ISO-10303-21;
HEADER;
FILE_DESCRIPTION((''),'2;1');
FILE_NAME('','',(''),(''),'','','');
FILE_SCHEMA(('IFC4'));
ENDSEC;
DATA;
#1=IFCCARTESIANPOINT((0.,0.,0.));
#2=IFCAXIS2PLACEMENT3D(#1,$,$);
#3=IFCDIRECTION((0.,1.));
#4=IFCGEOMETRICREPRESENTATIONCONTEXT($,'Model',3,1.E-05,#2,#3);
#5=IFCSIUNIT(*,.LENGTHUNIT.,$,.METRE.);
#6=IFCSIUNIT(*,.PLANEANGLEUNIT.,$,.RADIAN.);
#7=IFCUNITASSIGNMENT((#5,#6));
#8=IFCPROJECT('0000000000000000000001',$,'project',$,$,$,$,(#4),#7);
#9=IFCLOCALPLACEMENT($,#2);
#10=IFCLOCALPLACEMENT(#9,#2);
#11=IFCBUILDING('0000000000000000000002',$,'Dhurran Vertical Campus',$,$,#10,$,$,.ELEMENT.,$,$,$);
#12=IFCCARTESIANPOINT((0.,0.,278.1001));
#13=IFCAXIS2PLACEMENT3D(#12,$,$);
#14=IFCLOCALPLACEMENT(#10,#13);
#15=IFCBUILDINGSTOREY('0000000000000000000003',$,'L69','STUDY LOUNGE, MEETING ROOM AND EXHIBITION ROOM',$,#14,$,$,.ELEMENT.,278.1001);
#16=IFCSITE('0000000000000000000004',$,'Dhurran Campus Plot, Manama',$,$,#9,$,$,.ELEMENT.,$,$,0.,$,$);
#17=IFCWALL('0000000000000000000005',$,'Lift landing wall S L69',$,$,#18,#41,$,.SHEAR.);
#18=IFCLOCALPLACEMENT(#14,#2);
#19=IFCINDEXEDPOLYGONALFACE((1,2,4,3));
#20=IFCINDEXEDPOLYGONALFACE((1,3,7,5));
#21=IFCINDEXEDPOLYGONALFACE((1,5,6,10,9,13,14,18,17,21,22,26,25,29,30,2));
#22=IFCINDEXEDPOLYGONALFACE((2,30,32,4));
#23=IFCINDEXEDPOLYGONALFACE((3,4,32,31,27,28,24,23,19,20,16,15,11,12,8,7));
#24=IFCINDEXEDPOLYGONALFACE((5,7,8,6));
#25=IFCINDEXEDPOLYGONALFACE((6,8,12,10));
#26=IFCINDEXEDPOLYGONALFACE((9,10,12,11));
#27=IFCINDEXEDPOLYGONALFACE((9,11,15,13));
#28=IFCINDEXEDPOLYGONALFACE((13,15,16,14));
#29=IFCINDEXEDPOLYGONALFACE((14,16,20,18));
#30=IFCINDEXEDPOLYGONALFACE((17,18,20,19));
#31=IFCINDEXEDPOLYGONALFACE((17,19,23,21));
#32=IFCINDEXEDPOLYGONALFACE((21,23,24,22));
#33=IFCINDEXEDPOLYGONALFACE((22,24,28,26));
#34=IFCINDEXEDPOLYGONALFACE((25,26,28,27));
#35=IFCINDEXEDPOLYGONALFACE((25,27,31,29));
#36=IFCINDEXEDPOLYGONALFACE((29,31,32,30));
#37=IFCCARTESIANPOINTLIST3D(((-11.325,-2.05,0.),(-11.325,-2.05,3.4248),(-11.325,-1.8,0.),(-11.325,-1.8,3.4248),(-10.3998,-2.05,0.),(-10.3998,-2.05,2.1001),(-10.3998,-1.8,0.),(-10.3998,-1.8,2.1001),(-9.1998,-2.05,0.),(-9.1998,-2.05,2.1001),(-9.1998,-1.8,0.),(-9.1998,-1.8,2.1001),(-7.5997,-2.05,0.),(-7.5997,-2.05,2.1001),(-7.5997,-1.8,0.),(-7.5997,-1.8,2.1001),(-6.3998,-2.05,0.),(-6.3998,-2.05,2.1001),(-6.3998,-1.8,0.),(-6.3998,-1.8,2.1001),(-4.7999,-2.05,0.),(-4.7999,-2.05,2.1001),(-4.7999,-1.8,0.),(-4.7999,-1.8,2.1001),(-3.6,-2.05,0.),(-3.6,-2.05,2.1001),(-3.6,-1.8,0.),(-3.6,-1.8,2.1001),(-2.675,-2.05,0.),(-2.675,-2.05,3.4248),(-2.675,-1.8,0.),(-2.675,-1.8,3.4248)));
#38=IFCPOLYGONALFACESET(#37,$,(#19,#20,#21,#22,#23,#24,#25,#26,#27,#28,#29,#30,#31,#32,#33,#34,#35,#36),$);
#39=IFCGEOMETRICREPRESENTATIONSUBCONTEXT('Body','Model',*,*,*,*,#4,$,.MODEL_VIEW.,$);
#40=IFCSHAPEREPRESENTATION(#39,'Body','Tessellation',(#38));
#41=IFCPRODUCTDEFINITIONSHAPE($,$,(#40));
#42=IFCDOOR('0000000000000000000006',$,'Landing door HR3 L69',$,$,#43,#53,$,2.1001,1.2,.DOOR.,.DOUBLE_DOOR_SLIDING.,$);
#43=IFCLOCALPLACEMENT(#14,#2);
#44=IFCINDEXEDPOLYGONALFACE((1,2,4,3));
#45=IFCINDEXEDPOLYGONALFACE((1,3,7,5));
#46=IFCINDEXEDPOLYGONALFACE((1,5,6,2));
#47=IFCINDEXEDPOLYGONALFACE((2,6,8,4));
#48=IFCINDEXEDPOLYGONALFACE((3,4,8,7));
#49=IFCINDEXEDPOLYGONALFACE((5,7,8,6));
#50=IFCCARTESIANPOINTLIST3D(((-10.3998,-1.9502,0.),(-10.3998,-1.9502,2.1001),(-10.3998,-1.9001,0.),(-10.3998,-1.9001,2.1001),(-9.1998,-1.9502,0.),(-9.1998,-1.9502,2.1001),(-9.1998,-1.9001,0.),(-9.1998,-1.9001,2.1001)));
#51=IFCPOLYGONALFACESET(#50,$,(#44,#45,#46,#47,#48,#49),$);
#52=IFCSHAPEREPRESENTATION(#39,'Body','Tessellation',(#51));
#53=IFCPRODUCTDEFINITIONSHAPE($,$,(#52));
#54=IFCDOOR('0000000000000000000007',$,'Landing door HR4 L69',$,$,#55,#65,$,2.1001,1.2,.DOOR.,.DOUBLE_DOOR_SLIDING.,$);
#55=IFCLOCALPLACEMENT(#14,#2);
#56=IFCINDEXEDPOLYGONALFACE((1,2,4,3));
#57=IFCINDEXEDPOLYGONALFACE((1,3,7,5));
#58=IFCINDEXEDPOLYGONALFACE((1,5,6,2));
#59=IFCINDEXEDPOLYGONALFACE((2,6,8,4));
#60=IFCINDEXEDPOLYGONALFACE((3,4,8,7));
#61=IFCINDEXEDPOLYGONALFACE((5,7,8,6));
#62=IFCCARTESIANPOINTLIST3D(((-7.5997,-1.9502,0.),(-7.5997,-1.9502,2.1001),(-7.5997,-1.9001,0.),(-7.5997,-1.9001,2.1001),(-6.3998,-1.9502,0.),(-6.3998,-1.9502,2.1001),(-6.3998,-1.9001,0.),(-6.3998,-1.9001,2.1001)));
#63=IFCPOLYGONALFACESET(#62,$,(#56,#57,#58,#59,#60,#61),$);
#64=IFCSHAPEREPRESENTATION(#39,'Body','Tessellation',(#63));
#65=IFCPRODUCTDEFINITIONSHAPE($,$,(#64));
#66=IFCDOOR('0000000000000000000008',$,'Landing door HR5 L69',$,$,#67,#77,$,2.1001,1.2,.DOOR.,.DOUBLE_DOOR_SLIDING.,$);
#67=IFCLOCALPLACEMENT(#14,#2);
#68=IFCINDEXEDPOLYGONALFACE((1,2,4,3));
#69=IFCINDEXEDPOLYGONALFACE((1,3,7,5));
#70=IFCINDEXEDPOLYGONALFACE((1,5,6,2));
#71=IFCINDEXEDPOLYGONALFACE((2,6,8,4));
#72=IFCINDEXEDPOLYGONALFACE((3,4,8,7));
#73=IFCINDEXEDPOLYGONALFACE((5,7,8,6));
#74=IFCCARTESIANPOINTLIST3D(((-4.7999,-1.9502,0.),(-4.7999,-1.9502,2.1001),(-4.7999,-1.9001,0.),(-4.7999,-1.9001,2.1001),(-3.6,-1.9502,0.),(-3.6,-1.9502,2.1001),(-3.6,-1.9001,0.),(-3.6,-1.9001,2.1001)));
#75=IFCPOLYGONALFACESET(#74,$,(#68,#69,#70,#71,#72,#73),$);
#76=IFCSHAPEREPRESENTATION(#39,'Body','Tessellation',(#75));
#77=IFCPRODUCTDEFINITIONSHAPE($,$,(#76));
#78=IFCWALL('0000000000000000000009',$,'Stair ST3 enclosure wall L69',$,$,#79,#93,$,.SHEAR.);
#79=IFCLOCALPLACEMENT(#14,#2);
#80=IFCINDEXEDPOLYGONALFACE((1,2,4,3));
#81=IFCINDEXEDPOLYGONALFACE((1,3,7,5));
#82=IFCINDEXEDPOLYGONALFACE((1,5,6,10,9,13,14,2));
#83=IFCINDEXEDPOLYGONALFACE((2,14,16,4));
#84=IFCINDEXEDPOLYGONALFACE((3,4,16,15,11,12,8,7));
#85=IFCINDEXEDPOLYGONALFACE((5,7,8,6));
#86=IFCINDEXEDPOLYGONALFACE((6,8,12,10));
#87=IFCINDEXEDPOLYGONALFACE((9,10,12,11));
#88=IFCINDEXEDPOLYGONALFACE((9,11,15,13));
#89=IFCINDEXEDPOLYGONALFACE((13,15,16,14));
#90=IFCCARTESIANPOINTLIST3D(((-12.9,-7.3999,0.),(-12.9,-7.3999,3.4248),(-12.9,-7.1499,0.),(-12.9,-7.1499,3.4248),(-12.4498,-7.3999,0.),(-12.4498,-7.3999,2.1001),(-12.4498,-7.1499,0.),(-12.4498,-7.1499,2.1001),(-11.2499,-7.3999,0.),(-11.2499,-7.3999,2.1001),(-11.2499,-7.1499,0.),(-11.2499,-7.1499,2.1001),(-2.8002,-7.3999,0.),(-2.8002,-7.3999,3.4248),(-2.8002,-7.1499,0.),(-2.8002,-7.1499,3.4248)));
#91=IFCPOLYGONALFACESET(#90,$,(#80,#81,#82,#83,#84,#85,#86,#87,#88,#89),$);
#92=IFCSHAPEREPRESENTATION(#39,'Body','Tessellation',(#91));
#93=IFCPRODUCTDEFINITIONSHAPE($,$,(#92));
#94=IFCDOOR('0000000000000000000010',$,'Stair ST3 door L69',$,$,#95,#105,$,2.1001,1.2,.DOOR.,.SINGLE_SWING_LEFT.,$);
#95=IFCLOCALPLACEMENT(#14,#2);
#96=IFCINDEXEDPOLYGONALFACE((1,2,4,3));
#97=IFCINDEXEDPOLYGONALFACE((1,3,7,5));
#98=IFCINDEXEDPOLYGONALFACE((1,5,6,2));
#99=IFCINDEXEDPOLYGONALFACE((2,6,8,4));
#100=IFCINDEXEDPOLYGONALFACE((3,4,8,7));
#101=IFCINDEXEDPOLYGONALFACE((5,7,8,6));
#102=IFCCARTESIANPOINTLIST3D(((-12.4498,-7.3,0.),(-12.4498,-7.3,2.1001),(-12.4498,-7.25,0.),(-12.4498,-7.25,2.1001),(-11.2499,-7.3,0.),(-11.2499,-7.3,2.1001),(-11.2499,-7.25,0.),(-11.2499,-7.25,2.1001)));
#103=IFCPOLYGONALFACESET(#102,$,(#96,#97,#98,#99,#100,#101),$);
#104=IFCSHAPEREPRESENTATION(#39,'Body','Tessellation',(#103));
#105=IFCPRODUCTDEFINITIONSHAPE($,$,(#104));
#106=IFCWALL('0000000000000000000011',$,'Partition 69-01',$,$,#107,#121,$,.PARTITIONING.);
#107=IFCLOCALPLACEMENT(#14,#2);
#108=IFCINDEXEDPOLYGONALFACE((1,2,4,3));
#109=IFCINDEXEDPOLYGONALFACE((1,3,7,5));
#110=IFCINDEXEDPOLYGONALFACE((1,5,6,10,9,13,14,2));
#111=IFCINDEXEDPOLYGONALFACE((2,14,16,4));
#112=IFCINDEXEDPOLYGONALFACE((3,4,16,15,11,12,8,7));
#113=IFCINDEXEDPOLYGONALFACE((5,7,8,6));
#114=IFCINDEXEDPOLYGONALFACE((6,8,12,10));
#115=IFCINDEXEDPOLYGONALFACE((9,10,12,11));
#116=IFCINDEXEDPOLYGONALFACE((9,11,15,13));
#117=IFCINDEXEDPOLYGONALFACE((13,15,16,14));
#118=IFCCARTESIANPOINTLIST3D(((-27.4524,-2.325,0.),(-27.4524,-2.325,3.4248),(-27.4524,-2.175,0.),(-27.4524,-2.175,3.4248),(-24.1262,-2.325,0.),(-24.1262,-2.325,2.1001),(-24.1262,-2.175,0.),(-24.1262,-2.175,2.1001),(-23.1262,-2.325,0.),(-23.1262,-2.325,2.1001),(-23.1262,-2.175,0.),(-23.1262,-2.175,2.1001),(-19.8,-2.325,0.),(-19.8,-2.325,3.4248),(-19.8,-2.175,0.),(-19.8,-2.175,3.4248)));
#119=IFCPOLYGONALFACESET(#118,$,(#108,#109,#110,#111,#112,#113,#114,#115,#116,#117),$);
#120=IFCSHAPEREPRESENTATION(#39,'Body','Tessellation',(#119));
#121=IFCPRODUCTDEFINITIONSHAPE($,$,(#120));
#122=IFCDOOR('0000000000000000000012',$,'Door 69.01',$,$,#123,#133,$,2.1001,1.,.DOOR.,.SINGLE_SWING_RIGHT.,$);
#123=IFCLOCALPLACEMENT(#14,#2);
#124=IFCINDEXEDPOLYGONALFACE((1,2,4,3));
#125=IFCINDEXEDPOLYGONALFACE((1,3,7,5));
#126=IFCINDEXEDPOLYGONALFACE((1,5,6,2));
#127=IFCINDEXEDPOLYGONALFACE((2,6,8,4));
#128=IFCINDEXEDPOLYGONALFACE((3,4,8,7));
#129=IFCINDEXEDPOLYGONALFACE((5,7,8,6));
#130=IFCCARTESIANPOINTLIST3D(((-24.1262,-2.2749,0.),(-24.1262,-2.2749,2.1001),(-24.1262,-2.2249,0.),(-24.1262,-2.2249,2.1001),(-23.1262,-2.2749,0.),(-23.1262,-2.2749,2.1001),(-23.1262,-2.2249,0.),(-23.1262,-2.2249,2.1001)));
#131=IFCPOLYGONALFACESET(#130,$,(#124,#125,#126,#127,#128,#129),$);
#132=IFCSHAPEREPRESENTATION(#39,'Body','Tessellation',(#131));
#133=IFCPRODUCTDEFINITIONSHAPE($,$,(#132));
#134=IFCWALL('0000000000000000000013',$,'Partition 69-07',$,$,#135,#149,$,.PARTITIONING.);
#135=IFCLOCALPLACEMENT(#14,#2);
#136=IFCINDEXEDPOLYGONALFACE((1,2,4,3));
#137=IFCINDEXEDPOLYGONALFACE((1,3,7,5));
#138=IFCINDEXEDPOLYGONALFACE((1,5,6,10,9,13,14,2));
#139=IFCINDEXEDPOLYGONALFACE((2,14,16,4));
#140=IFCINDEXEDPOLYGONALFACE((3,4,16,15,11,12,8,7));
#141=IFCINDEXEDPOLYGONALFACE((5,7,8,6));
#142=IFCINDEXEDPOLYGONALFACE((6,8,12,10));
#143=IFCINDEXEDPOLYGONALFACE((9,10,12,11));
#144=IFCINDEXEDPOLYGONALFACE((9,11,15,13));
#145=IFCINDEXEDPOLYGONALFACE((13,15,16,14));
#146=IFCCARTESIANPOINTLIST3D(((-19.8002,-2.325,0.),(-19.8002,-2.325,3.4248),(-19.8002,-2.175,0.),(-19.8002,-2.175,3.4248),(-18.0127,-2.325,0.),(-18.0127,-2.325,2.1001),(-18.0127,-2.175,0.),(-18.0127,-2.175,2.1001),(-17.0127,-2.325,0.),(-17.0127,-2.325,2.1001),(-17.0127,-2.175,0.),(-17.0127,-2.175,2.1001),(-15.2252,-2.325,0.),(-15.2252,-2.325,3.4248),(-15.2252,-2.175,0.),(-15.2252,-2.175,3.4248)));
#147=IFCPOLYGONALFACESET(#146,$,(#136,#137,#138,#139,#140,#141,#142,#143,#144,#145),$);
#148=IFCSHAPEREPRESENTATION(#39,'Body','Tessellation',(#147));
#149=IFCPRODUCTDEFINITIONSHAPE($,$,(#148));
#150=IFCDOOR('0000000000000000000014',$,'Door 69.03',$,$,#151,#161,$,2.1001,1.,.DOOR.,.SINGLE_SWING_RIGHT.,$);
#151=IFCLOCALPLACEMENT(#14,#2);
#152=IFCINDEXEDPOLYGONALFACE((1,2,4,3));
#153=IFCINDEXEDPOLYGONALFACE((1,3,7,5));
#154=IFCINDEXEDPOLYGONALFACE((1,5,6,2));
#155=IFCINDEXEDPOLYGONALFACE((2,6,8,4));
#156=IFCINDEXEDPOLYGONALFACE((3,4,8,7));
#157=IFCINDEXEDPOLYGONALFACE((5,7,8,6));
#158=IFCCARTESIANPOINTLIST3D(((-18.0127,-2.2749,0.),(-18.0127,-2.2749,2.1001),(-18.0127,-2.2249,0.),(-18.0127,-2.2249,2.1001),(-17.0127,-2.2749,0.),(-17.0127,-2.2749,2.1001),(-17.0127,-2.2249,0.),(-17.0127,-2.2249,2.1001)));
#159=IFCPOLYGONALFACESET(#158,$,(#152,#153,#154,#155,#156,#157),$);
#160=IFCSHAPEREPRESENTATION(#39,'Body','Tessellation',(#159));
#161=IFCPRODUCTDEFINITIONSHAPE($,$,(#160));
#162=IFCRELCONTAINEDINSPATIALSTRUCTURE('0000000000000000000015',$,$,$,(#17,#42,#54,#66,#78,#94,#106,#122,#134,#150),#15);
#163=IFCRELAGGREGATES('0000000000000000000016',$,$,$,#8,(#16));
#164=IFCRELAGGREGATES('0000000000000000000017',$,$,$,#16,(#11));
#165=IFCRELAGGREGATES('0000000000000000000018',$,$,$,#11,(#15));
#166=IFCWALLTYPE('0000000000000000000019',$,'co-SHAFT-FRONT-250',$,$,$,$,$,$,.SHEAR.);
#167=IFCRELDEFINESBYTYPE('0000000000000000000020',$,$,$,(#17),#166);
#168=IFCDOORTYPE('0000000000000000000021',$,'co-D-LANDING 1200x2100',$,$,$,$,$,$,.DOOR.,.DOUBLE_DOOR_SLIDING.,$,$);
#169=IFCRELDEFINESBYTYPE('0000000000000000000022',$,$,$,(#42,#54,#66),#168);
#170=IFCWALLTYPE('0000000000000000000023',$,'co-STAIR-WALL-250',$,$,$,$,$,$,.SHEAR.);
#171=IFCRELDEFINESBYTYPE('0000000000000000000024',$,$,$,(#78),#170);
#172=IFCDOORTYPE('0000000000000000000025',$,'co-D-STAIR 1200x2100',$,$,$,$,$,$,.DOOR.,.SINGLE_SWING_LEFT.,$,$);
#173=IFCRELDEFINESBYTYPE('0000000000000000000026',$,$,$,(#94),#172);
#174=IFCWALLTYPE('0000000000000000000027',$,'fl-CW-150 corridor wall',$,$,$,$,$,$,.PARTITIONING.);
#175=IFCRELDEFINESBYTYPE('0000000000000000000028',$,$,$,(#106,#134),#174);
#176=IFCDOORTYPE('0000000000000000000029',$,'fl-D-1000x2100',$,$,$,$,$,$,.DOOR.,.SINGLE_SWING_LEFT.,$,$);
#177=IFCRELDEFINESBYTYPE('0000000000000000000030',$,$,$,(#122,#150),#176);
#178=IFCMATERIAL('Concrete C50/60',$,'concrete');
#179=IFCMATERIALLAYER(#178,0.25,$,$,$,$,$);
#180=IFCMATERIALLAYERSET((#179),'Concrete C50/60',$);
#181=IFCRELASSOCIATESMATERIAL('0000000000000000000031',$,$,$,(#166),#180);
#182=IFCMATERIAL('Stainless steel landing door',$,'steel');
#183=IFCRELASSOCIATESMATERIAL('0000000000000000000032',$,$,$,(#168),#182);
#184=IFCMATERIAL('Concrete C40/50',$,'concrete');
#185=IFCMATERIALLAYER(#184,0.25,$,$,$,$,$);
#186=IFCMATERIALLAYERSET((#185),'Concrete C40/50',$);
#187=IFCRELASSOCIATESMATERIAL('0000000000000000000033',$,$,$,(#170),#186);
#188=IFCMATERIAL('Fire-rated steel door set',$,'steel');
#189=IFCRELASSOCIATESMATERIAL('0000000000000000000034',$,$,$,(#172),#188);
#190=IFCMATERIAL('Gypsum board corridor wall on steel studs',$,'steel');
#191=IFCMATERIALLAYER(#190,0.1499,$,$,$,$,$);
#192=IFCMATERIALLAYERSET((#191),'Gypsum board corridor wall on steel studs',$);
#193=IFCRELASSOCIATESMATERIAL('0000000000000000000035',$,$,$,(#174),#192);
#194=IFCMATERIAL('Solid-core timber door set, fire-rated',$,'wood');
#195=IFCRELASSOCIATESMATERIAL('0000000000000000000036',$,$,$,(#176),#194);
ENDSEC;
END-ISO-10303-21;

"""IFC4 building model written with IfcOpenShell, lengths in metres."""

from ifc_helpers import new_model, si_unit, direction, frame, frame_2d, origin, place, context, subcontext, project, spatial, rectangle, extrude, material, layer, layer_set, type_object, element, fill, save


model = new_model("IFC4")

# Units and contexts
model_context = context("Model", 3, precision=1e-05, world=origin(), true_north=direction((0.0, 1.0)))
body_context = subcontext(model_context, "Body", "Model", "MODEL_VIEW")
ifc_project = project(units=[si_unit("LENGTHUNIT", "METRE"), si_unit("PLANEANGLEUNIT", "RADIAN")], contexts=[model_context])

# Site, building, storey
site_placement = place(None, origin())
site = spatial("IfcSite", under=ifc_project, at=site_placement, Name="Dhurran Campus Plot, Manama", CompositionType="ELEMENT", RefElevation=0.0)
building_placement = place(site_placement, origin())
building = spatial("IfcBuilding", under=site, at=building_placement, Name="Dhurran Vertical Campus", CompositionType="ELEMENT")
storey_placement = place(building_placement, frame((0.0, 0.0, 278.1001)))
storey = spatial("IfcBuildingStorey", under=building, at=storey_placement, Name="L69", Description="STUDY LOUNGE, MEETING ROOM AND EXHIBITION ROOM", CompositionType="ELEMENT", Elevation=278.1001)

# Wall, openings, doors
ifc_material_1 = material(Name="Concrete C50/60", Category="concrete")
ifc_layer_1 = layer(ifc_material_1, 0.25)
ifc_layer_set_1 = layer_set([ifc_layer_1], Name="Concrete C50/60")
wall_type_1 = type_object("IfcWallType", Name="co-SHAFT-FRONT-250", PredefinedType="SHEAR", material=ifc_layer_set_1)
wall_1_placement = place(storey_placement, frame((-11.325, -1.925, 0.0), z_axis=(0.0, 0.0, 1.0), x_axis=(1.0, 0.0, 0.0)))
wall_1 = element("IfcWall", 1, at=wall_1_placement, inside=storey, type_object=wall_type_1, Name="Lift landing wall S L69", PredefinedType="SHEAR", context=body_context, shape_type="SweptSolid", body=[
    extrude(rectangle(XDim=8.6499, YDim=0.25, at=frame_2d((4.325, 0.0))), origin(), (0.0, 0.0, 1.0), 3.4248),
])
opening_1_placement = place(wall_1_placement, frame((0.925, 0.0, 0.0)))
opening_1 = element("IfcOpeningElement", 2, at=opening_1_placement, cuts=wall_1, PredefinedType="OPENING", context=body_context, shape_type="SweptSolid", body=[
    extrude(rectangle(XDim=1.2, YDim=2.1001, at=frame_2d((0.6001, 1.05))), frame((0.0, 0.135, 0.0), z_axis=(0.0, -1.0, 0.0), x_axis=(1.0, 0.0, 0.0)), (0.0, 0.0, 1.0), 0.27),
])
opening_2_placement = place(wall_1_placement, frame((3.7251, 0.0, 0.0)))
opening_2 = element("IfcOpeningElement", 3, at=opening_2_placement, cuts=wall_1, PredefinedType="OPENING", context=body_context, shape_type="SweptSolid", body=[
    extrude(rectangle(XDim=1.2, YDim=2.1001, at=frame_2d((0.6001, 1.05))), frame((0.0, 0.135, 0.0), z_axis=(0.0, -1.0, 0.0), x_axis=(1.0, 0.0, 0.0)), (0.0, 0.0, 1.0), 0.27),
])
opening_3_placement = place(wall_1_placement, frame((6.5249, 0.0, 0.0)))
opening_3 = element("IfcOpeningElement", 4, at=opening_3_placement, cuts=wall_1, PredefinedType="OPENING", context=body_context, shape_type="SweptSolid", body=[
    extrude(rectangle(XDim=1.2, YDim=2.1001, at=frame_2d((0.6001, 1.05))), frame((0.0, 0.135, 0.0), z_axis=(0.0, -1.0, 0.0), x_axis=(1.0, 0.0, 0.0)), (0.0, 0.0, 1.0), 0.27),
])
ifc_material_2 = material(Name="Stainless steel landing door", Category="steel")
door_type_1 = type_object("IfcDoorType", Name="co-D-LANDING 1200x2100", OperationType="DOUBLE_DOOR_SLIDING", PredefinedType="DOOR", material=ifc_material_2)
door_1_placement = place(opening_1_placement, origin())
door_1 = element("IfcDoor", 5, at=door_1_placement, inside=storey, type_object=door_type_1, Name="Landing door HR3 L69", OperationType="DOUBLE_DOOR_SLIDING", OverallHeight=2.1001, OverallWidth=1.2, PredefinedType="DOOR", context=body_context, shape_type="SweptSolid", body=[
    extrude(rectangle(XDim=1.2, YDim=2.1001, at=frame_2d((0.6001, 1.05))), frame((0.0, 0.0249, 0.0), z_axis=(0.0, -1.0, 0.0), x_axis=(1.0, 0.0, 0.0)), (0.0, 0.0, 1.0), 0.05),
])
fill(opening_1, door_1)
door_2_placement = place(opening_2_placement, origin())
door_2 = element("IfcDoor", 6, at=door_2_placement, inside=storey, type_object=door_type_1, Name="Landing door HR4 L69", OperationType="DOUBLE_DOOR_SLIDING", OverallHeight=2.1001, OverallWidth=1.2, PredefinedType="DOOR", context=body_context, shape_type="SweptSolid", body=[
    extrude(rectangle(XDim=1.2, YDim=2.1001, at=frame_2d((0.6001, 1.05))), frame((0.0, 0.0249, 0.0), z_axis=(0.0, -1.0, 0.0), x_axis=(1.0, 0.0, 0.0)), (0.0, 0.0, 1.0), 0.05),
])
fill(opening_2, door_2)
door_3_placement = place(opening_3_placement, origin())
door_3 = element("IfcDoor", 7, at=door_3_placement, inside=storey, type_object=door_type_1, Name="Landing door HR5 L69", OperationType="DOUBLE_DOOR_SLIDING", OverallHeight=2.1001, OverallWidth=1.2, PredefinedType="DOOR", context=body_context, shape_type="SweptSolid", body=[
    extrude(rectangle(XDim=1.2, YDim=2.1001, at=frame_2d((0.6001, 1.05))), frame((0.0, 0.0249, 0.0), z_axis=(0.0, -1.0, 0.0), x_axis=(1.0, 0.0, 0.0)), (0.0, 0.0, 1.0), 0.05),
])
fill(opening_3, door_3)

# Walls, openings, doors
ifc_material_3 = material(Name="Concrete C40/50", Category="concrete")
ifc_layer_2 = layer(ifc_material_3, 0.25)
ifc_layer_set_2 = layer_set([ifc_layer_2], Name="Concrete C40/50")
wall_type_2 = type_object("IfcWallType", Name="co-STAIR-WALL-250", PredefinedType="SHEAR", material=ifc_layer_set_2)
wall_2_placement = place(storey_placement, frame((-12.8999, -7.2749, 0.0), z_axis=(0.0, 0.0, 1.0), x_axis=(1.0, 0.0, 0.0)))
wall_2 = element("IfcWall", 8, at=wall_2_placement, inside=storey, type_object=wall_type_2, Name="Stair ST3 enclosure wall L69", PredefinedType="SHEAR", context=body_context, shape_type="SweptSolid", body=[
    extrude(rectangle(XDim=10.0999, YDim=0.25, at=frame_2d((5.0498, 0.0))), origin(), (0.0, 0.0, 1.0), 3.4248),
])
opening_4_placement = place(wall_2_placement, frame((0.45, 0.0, 0.0)))
opening_4 = element("IfcOpeningElement", 9, at=opening_4_placement, cuts=wall_2, PredefinedType="OPENING", context=body_context, shape_type="SweptSolid", body=[
    extrude(rectangle(XDim=1.2, YDim=2.1001, at=frame_2d((0.6001, 1.05))), frame((0.0, 0.135, 0.0), z_axis=(0.0, -1.0, 0.0), x_axis=(1.0, 0.0, 0.0)), (0.0, 0.0, 1.0), 0.27),
])
ifc_material_4 = material(Name="Fire-rated steel door set", Category="steel")
door_type_2 = type_object("IfcDoorType", Name="co-D-STAIR 1200x2100", OperationType="SINGLE_SWING_LEFT", PredefinedType="DOOR", material=ifc_material_4)
door_4_placement = place(opening_4_placement, origin())
door_4 = element("IfcDoor", 10, at=door_4_placement, inside=storey, type_object=door_type_2, Name="Stair ST3 door L69", OperationType="SINGLE_SWING_LEFT", OverallHeight=2.1001, OverallWidth=1.2, PredefinedType="DOOR", context=body_context, shape_type="SweptSolid", body=[
    extrude(rectangle(XDim=1.2, YDim=2.1001, at=frame_2d((0.6001, 1.05))), frame((0.0, 0.0249, 0.0), z_axis=(0.0, -1.0, 0.0), x_axis=(1.0, 0.0, 0.0)), (0.0, 0.0, 1.0), 0.05),
])
fill(opening_4, door_4)
ifc_material_5 = material(Name="Gypsum board corridor wall on steel studs", Category="steel")
ifc_layer_3 = layer(ifc_material_5, 0.1499)
ifc_layer_set_3 = layer_set([ifc_layer_3], Name="Gypsum board corridor wall on steel studs")
wall_type_3 = type_object("IfcWallType", Name="fl-CW-150 corridor wall", PredefinedType="PARTITIONING", material=ifc_layer_set_3)
wall_3_placement = place(storey_placement, frame((-19.8, -2.25, 0.0), z_axis=(0.0, 0.0, 1.0), x_axis=(-1.0, 0.0, 0.0)))
wall_3 = element("IfcWall", 11, at=wall_3_placement, inside=storey, type_object=wall_type_3, Name="Partition 69-01", PredefinedType="PARTITIONING", context=body_context, shape_type="SweptSolid", body=[
    extrude(rectangle(XDim=7.6523, YDim=0.1499, at=frame_2d((3.8262, 0.0))), origin(), (0.0, 0.0, 1.0), 3.4248),
])
opening_5_placement = place(wall_3_placement, frame((3.3262, 0.0, 0.0)))
opening_5 = element("IfcOpeningElement", 12, at=opening_5_placement, cuts=wall_3, PredefinedType="OPENING", context=body_context, shape_type="SweptSolid", body=[
    extrude(rectangle(XDim=1.0, YDim=2.1001, at=frame_2d((0.5, 1.05))), frame((0.0, 0.085, 0.0), z_axis=(0.0, -1.0, 0.0), x_axis=(1.0, 0.0, 0.0)), (0.0, 0.0, 1.0), 0.1699),
])
ifc_material_6 = material(Name="Solid-core timber door set, fire-rated", Category="wood")
door_type_3 = type_object("IfcDoorType", Name="fl-D-1000x2100", OperationType="SINGLE_SWING_LEFT", PredefinedType="DOOR", material=ifc_material_6)
door_5_placement = place(opening_5_placement, origin())
door_5 = element("IfcDoor", 13, at=door_5_placement, inside=storey, type_object=door_type_3, Name="Door 69.01", OperationType="SINGLE_SWING_RIGHT", OverallHeight=2.1001, OverallWidth=1.0, PredefinedType="DOOR", context=body_context, shape_type="SweptSolid", body=[
    extrude(rectangle(XDim=1.0, YDim=2.1001, at=frame_2d((0.5, 1.05))), frame((0.0, 0.0249, 0.0), z_axis=(0.0, -1.0, 0.0), x_axis=(1.0, 0.0, 0.0)), (0.0, 0.0, 1.0), 0.05),
])
fill(opening_5, door_5)
wall_4_placement = place(storey_placement, frame((-15.2251, -2.25, 0.0), z_axis=(0.0, 0.0, 1.0), x_axis=(-1.0, 0.0, 0.0)))
wall_4 = element("IfcWall", 14, at=wall_4_placement, inside=storey, type_object=wall_type_3, Name="Partition 69-07", PredefinedType="PARTITIONING", context=body_context, shape_type="SweptSolid", body=[
    extrude(rectangle(XDim=4.575, YDim=0.1499, at=frame_2d((2.2876, 0.0))), origin(), (0.0, 0.0, 1.0), 3.4248),
])
opening_6_placement = place(wall_4_placement, frame((1.7876, 0.0, 0.0)))
opening_6 = element("IfcOpeningElement", 15, at=opening_6_placement, cuts=wall_4, PredefinedType="OPENING", context=body_context, shape_type="SweptSolid", body=[
    extrude(rectangle(XDim=1.0, YDim=2.1001, at=frame_2d((0.5, 1.05))), frame((0.0, 0.085, 0.0), z_axis=(0.0, -1.0, 0.0), x_axis=(1.0, 0.0, 0.0)), (0.0, 0.0, 1.0), 0.1699),
])
door_6_placement = place(opening_6_placement, origin())
door_6 = element("IfcDoor", 16, at=door_6_placement, inside=storey, type_object=door_type_3, Name="Door 69.03", OperationType="SINGLE_SWING_RIGHT", OverallHeight=2.1001, OverallWidth=1.0, PredefinedType="DOOR", context=body_context, shape_type="SweptSolid", body=[
    extrude(rectangle(XDim=1.0, YDim=2.1001, at=frame_2d((0.5, 1.05))), frame((0.0, 0.0249, 0.0), z_axis=(0.0, -1.0, 0.0), x_axis=(1.0, 0.0, 0.0)), (0.0, 0.0, 1.0), 0.05),
])
fill(opening_6, door_6)

save(model, "model.ifc")
